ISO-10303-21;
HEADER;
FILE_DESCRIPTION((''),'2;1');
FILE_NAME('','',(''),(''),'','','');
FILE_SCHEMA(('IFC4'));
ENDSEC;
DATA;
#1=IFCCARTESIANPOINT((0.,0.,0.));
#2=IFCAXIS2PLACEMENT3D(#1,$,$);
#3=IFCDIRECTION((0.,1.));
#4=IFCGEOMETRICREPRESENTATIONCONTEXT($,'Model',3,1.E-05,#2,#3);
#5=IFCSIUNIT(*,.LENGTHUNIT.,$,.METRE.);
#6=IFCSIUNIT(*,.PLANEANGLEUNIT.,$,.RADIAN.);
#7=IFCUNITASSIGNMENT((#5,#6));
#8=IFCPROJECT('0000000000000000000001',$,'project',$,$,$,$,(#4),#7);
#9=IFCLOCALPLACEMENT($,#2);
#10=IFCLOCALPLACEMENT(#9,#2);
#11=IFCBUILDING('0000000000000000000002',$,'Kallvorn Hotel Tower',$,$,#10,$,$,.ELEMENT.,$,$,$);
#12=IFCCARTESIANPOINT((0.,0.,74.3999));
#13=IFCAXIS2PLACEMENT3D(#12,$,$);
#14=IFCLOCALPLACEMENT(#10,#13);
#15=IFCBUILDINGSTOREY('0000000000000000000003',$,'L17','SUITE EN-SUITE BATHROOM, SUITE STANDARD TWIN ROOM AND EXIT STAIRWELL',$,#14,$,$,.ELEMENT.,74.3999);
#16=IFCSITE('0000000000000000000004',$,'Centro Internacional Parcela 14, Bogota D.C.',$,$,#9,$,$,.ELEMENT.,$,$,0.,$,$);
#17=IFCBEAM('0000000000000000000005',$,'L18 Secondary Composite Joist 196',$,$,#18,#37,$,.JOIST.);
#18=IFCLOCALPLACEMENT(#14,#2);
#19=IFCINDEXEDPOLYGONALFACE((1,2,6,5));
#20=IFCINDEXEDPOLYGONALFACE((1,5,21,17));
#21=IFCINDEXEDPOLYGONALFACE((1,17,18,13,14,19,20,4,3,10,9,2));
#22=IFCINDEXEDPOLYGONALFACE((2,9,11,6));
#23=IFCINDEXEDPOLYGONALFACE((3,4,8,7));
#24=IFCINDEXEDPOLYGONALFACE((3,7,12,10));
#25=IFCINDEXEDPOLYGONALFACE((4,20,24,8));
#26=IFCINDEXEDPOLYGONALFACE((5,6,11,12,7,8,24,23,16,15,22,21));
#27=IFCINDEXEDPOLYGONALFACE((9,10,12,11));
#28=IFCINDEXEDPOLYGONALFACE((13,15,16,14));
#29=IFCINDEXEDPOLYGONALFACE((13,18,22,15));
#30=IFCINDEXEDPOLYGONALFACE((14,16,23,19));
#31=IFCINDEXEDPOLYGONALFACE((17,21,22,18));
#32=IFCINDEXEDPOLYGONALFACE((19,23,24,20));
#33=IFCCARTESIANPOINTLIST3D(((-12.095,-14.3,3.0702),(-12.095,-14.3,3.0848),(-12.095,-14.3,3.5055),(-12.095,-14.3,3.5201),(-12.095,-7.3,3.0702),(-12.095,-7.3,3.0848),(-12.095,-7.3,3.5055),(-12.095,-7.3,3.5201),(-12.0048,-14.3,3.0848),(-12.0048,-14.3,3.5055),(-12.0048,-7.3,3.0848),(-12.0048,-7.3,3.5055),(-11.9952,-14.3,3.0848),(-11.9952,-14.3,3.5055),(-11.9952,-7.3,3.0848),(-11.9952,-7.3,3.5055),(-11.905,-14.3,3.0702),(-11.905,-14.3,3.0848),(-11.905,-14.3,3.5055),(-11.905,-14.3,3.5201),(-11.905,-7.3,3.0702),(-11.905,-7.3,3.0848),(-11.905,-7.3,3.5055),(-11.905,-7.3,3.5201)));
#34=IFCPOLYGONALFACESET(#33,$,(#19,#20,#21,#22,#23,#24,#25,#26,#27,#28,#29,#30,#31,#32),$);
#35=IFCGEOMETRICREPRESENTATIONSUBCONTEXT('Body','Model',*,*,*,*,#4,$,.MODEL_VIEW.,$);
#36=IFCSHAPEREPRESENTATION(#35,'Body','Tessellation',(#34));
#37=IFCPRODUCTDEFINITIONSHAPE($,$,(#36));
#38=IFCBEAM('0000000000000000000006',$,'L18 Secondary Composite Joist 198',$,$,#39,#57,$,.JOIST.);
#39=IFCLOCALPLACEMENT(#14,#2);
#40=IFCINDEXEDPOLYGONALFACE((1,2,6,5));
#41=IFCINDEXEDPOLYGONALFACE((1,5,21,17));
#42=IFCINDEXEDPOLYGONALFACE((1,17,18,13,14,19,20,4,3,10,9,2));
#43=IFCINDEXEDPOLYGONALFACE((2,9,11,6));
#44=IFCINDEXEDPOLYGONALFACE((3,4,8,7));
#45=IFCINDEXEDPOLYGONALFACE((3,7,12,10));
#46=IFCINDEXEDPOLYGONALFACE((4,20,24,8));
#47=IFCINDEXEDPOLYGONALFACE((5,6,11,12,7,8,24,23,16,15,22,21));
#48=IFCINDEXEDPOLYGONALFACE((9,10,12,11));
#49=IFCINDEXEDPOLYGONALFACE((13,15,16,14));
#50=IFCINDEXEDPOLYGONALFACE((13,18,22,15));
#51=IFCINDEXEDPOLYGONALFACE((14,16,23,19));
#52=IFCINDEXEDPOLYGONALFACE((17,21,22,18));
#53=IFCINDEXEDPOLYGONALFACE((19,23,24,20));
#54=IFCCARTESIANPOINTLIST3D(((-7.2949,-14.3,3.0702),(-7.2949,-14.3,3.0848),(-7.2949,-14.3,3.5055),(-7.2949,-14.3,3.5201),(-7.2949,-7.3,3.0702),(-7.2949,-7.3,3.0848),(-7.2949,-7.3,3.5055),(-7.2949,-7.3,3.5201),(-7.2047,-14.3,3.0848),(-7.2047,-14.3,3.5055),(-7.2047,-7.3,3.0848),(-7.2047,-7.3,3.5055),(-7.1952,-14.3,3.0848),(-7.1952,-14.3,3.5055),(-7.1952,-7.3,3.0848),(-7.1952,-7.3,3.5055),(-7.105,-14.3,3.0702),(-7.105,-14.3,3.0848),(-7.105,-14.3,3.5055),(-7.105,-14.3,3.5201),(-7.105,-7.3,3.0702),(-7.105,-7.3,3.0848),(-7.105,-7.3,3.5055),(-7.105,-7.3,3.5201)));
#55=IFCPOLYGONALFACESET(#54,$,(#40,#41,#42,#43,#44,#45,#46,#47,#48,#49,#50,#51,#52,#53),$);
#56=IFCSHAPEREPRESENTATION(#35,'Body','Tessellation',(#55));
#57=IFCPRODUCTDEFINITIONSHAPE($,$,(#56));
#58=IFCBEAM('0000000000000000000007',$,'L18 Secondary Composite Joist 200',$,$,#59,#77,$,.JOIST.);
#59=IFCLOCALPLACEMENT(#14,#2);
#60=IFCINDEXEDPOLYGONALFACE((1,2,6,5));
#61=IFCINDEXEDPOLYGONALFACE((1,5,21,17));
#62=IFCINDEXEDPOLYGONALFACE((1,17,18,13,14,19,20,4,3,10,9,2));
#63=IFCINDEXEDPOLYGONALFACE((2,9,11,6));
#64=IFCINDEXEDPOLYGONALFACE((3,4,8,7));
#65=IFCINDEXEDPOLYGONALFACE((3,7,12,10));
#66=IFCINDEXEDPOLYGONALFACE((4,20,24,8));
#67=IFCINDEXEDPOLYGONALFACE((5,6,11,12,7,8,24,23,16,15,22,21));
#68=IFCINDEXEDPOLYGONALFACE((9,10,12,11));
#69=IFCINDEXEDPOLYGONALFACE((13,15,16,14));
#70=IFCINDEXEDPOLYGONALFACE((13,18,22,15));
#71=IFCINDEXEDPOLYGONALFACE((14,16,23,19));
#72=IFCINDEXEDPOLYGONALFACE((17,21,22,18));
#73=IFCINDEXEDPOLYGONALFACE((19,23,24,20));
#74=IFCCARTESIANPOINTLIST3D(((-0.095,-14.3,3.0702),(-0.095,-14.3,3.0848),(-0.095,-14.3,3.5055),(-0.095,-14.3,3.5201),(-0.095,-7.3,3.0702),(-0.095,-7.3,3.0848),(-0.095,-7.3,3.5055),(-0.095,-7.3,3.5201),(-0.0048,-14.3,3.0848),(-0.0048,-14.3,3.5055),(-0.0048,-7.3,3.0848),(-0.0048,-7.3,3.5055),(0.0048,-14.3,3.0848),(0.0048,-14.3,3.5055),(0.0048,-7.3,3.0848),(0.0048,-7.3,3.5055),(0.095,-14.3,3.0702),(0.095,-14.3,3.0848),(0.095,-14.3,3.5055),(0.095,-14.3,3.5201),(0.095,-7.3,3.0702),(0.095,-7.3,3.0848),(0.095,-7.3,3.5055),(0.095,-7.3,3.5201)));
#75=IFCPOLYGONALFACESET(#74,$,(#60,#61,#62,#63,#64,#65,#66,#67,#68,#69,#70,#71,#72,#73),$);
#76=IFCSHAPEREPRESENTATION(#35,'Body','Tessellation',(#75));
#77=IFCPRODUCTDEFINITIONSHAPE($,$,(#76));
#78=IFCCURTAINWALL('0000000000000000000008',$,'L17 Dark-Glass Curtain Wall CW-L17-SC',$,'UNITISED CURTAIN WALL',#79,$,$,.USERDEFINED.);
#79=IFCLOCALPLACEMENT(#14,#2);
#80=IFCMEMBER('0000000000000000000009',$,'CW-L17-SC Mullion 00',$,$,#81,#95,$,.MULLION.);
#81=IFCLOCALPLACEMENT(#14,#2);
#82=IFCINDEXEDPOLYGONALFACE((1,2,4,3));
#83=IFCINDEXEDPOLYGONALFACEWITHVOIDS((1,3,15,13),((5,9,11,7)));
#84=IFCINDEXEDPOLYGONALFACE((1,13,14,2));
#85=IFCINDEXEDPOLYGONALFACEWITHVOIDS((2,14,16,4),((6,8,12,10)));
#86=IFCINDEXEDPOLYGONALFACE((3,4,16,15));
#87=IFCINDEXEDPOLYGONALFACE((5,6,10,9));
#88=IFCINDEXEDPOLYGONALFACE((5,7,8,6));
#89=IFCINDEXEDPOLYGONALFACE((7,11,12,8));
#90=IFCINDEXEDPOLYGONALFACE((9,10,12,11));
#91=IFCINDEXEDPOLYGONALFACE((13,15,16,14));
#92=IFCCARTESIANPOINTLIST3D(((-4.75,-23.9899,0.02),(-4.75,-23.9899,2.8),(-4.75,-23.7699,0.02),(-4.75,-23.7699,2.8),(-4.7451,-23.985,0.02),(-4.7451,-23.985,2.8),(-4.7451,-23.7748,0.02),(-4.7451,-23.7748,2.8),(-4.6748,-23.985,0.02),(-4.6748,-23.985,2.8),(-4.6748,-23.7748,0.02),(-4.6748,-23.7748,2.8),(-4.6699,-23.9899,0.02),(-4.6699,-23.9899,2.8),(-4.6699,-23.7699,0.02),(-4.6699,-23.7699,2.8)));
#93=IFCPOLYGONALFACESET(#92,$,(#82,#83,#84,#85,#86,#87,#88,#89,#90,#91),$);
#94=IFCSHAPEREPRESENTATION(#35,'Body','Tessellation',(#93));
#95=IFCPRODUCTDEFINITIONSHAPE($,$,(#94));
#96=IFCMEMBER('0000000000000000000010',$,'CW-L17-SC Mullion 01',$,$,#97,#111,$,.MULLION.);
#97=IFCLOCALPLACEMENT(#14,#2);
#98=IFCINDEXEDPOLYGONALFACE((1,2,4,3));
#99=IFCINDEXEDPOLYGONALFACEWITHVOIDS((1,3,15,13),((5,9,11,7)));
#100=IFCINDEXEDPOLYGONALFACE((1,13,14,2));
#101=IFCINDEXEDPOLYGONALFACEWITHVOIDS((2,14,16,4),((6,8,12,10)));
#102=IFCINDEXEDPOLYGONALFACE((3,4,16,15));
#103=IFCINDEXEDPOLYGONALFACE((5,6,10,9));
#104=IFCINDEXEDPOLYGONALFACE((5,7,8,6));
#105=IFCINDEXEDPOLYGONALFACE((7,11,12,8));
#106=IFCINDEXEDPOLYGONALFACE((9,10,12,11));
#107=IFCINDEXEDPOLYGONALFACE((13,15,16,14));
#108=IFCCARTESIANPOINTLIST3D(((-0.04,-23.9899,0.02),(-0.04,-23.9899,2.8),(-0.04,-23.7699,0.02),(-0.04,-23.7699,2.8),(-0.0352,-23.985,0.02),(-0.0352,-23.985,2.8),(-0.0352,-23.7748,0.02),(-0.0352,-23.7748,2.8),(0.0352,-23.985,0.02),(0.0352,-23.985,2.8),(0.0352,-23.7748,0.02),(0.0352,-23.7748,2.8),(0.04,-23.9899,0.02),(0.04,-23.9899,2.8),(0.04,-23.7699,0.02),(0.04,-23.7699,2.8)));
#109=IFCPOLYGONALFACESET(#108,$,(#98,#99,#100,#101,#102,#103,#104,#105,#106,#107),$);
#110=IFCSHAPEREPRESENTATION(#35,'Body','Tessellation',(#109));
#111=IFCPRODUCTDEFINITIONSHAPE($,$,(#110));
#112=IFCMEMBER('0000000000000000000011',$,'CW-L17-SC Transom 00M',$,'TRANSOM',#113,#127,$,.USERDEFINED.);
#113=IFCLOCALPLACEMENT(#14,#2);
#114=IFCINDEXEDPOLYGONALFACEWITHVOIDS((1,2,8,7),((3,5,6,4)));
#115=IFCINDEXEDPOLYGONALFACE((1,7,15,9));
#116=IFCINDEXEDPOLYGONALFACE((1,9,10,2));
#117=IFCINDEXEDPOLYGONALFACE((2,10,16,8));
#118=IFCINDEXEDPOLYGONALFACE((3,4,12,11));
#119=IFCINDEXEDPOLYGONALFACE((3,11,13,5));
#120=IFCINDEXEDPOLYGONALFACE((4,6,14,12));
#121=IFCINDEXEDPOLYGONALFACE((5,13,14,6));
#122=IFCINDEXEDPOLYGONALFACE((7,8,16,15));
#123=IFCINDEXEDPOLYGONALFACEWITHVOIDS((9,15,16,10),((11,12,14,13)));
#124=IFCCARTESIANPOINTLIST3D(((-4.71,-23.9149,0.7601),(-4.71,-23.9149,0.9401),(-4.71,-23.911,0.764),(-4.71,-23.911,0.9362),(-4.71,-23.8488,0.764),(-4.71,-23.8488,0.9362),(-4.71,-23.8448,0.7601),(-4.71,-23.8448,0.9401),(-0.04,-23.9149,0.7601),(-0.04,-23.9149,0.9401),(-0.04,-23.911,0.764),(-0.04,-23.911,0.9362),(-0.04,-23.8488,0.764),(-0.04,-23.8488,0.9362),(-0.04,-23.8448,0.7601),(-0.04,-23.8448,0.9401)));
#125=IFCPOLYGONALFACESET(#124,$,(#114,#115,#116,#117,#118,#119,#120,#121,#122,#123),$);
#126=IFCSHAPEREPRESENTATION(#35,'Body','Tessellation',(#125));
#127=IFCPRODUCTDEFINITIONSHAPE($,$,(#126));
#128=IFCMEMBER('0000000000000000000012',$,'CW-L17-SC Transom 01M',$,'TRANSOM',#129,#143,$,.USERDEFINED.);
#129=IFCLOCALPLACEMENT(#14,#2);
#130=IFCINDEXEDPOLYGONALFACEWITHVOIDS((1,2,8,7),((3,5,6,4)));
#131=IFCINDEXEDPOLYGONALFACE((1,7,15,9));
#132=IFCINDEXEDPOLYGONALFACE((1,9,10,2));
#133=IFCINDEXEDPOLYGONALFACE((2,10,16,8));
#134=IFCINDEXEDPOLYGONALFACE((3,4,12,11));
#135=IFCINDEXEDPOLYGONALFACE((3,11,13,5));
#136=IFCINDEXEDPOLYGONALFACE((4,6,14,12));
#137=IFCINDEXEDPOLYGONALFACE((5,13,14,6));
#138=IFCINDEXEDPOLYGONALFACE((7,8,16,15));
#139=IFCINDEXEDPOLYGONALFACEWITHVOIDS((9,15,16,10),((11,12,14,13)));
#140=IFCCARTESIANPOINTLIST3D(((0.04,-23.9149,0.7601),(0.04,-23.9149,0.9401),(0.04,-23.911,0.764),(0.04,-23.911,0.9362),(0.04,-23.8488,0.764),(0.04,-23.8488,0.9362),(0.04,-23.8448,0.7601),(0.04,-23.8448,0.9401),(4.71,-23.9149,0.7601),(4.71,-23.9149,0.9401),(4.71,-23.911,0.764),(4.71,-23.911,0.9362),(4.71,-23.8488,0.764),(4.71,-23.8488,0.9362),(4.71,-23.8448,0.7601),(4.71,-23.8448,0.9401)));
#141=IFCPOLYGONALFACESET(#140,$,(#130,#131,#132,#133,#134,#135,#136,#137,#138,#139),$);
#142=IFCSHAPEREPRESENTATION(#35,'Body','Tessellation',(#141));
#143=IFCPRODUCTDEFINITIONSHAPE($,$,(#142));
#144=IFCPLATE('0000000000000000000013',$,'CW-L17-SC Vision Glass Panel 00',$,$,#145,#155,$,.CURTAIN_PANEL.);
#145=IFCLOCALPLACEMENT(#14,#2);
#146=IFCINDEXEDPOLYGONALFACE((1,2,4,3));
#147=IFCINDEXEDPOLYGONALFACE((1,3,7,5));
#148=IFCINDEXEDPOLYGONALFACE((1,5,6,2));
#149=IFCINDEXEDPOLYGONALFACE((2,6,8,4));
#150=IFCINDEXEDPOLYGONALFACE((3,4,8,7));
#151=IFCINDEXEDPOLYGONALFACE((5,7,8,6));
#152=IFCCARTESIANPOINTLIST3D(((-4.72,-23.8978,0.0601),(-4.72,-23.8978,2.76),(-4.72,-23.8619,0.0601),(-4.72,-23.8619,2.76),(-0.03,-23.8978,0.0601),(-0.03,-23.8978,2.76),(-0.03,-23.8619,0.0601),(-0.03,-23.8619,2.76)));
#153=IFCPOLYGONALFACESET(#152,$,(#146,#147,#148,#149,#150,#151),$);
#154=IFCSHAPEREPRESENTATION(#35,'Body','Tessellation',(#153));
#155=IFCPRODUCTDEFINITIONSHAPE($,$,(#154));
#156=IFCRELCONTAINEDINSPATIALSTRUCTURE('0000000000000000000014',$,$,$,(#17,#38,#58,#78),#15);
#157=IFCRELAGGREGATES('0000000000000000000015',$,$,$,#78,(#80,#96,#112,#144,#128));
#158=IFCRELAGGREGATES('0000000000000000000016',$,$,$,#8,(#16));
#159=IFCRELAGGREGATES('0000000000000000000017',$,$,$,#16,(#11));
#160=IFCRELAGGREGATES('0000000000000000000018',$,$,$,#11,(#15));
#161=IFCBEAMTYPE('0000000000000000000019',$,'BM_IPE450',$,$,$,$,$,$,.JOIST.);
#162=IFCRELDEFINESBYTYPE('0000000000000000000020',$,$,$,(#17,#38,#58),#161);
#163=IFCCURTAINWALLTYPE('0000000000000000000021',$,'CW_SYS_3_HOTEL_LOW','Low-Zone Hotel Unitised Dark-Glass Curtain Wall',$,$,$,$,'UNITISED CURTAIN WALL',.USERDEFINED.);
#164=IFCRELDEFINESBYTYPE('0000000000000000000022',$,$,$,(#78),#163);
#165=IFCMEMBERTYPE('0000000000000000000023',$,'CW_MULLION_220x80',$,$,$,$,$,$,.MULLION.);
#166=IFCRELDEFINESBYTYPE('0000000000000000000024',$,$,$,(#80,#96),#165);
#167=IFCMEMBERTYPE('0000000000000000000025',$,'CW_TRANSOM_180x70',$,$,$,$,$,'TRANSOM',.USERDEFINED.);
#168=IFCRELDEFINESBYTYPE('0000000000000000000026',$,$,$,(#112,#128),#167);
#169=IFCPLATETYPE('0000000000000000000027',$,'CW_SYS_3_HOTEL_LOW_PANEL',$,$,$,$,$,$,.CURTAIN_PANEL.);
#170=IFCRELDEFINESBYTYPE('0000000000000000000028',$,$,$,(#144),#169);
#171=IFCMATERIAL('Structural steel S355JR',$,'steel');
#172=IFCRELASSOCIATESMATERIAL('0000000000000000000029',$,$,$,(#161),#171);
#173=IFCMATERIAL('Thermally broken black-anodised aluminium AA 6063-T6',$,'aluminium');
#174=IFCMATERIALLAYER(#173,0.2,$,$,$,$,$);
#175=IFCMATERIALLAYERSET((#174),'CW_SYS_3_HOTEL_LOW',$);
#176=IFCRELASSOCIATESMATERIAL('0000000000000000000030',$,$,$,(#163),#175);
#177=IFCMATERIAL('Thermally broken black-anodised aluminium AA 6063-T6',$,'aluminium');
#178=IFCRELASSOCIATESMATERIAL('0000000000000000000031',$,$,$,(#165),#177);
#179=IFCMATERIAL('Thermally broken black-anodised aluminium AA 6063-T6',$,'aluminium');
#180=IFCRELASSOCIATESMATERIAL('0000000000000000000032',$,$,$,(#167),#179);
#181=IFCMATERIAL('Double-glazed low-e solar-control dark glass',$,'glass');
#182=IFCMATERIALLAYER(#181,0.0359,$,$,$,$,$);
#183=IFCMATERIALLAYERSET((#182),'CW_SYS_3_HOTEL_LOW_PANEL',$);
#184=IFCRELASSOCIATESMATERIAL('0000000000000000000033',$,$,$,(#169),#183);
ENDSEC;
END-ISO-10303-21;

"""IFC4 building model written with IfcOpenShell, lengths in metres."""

from ifc_helpers import new_model, si_unit, direction, frame, origin, origin_2d, place, context, subcontext, project, spatial, rectangle, hollow_rectangle, i_section, extrude, material, layer, layer_set, material_profile, profile_set, type_object, element, aggregate, save


model = new_model("IFC4")

# Units and contexts
model_context = context("Model", 3, precision=1e-05, world=origin(), true_north=direction((0.0, 1.0)))
body_context = subcontext(model_context, "Body", "Model", "MODEL_VIEW")
ifc_project = project(units=[si_unit("LENGTHUNIT", "METRE"), si_unit("PLANEANGLEUNIT", "RADIAN")], contexts=[model_context])

# Site, building, storey
site_placement = place(None, origin())
site = spatial("IfcSite", under=ifc_project, at=site_placement, Name="Centro Internacional Parcela 14, Bogota D.C.", CompositionType="ELEMENT", RefElevation=0.0)
building_placement = place(site_placement, origin())
building = spatial("IfcBuilding", under=site, at=building_placement, Name="Kallvorn Hotel Tower", CompositionType="ELEMENT")
storey_placement = place(building_placement, frame((0.0, 0.0, 74.3999)))
storey = spatial("IfcBuildingStorey", under=building, at=storey_placement, Name="L17", Description="SUITE EN-SUITE BATHROOM, SUITE STANDARD TWIN ROOM AND EXIT STAIRWELL", CompositionType="ELEMENT", Elevation=74.3999)

# Beams
ifc_material_1 = material(Name="Structural steel S355JR", Category="steel")
ifc_material_profile_1 = material_profile(ifc_material_1, i_section(OverallWidth=0.1899, OverallDepth=0.45, WebThickness=0.0095, FlangeThickness=0.0146, at=origin_2d()), Name="IPE 450")
ifc_profile_set_1 = profile_set([ifc_material_profile_1], Name="Structural steel S355JR")
beam_type_1 = type_object("IfcBeamType", Name="BM_IPE450", PredefinedType="JOIST", material=ifc_profile_set_1)
for number, where, z_axis, x_axis, name in (
    (1, (-12.0, -14.3, 3.2952), (0.0, 1.0, 0.0), (-1.0, 0.0, 0.0), "L18 Secondary Composite Joist 196"),
    (2, (-7.2, -14.3, 3.2952), (0.0, 1.0, 0.0), (-1.0, 0.0, 0.0), "L18 Secondary Composite Joist 198"),
    (3, (0.0, -14.3, 3.2952), (0.0, 1.0, 0.0), (-1.0, 0.0, 0.0), "L18 Secondary Composite Joist 200"),
):
    element("IfcBeam", number, at=place(storey_placement, frame(where, z_axis=z_axis, x_axis=x_axis)), inside=storey, type_object=beam_type_1, Name=name, PredefinedType="JOIST", context=body_context, shape_type="SweptSolid", body=[
        extrude(i_section(OverallWidth=0.1899, OverallDepth=0.45, WebThickness=0.0095, FlangeThickness=0.0146, at=origin_2d()), origin(), (0.0, 0.0, 1.0), 7.0),
    ])

# Curtain wall, members, plate
ifc_material_2 = material(Name="Thermally broken black-anodised aluminium AA 6063-T6", Category="aluminium")
ifc_layer_1 = layer(ifc_material_2, 0.2)
ifc_layer_set_1 = layer_set([ifc_layer_1], Name="CW_SYS_3_HOTEL_LOW")
curtain_wall_type = type_object("IfcCurtainWallType", Name="CW_SYS_3_HOTEL_LOW", Description="Low-Zone Hotel Unitised Dark-Glass Curtain Wall", ElementType="UNITISED CURTAIN WALL", PredefinedType="USERDEFINED", material=ifc_layer_set_1)
curtain_wall_placement = place(storey_placement, origin())
curtain_wall = element("IfcCurtainWall", 4, at=curtain_wall_placement, inside=storey, type_object=curtain_wall_type, Name="L17 Dark-Glass Curtain Wall CW-L17-SC", ObjectType="UNITISED CURTAIN WALL", PredefinedType="USERDEFINED")
ifc_material_3 = material(Name="Thermally broken black-anodised aluminium AA 6063-T6", Category="aluminium")
ifc_material_profile_2 = material_profile(ifc_material_3, hollow_rectangle(XDim=0.0801, YDim=0.22, WallThickness=0.0049, at=origin_2d()), Name="MUL 220x80")
ifc_profile_set_2 = profile_set([ifc_material_profile_2], Name="Thermally broken black-anodised aluminium AA 6063-T6")
member_type_1 = type_object("IfcMemberType", Name="CW_MULLION_220x80", PredefinedType="MULLION", material=ifc_profile_set_2)
member_1_placement = place(storey_placement, frame((-4.71, -23.8799, 0.02), z_axis=(0.0, 0.0, 1.0), x_axis=(1.0, 0.0, 0.0)))
member_1 = element("IfcMember", 5, at=member_1_placement, type_object=member_type_1, Name="CW-L17-SC Mullion 00", PredefinedType="MULLION", context=body_context, shape_type="SweptSolid", body=[
    extrude(hollow_rectangle(XDim=0.0801, YDim=0.22, WallThickness=0.0049, at=origin_2d()), origin(), (0.0, 0.0, 1.0), 2.78),
])
member_2_placement = place(storey_placement, frame((0.0, -23.8799, 0.02), z_axis=(0.0, 0.0, 1.0), x_axis=(1.0, 0.0, 0.0)))
member_2 = element("IfcMember", 6, at=member_2_placement, type_object=member_type_1, Name="CW-L17-SC Mullion 01", PredefinedType="MULLION", context=body_context, shape_type="SweptSolid", body=[
    extrude(hollow_rectangle(XDim=0.0801, YDim=0.22, WallThickness=0.0049, at=origin_2d()), origin(), (0.0, 0.0, 1.0), 2.78),
])
ifc_material_4 = material(Name="Thermally broken black-anodised aluminium AA 6063-T6", Category="aluminium")
ifc_material_profile_3 = material_profile(ifc_material_4, hollow_rectangle(XDim=0.0701, YDim=0.1799, WallThickness=0.0039, at=origin_2d()), Name="TRN 180x70")
ifc_profile_set_3 = profile_set([ifc_material_profile_3], Name="Thermally broken black-anodised aluminium AA 6063-T6")
member_type_2 = type_object("IfcMemberType", Name="CW_TRANSOM_180x70", ElementType="TRANSOM", PredefinedType="USERDEFINED", material=ifc_profile_set_3)
member_3_placement = place(storey_placement, frame((-4.71, -23.8799, 0.8501), z_axis=(1.0, 0.0, 0.0), x_axis=(0.0, 1.0, 0.0)))
member_3 = element("IfcMember", 7, at=member_3_placement, type_object=member_type_2, Name="CW-L17-SC Transom 00M", ObjectType="TRANSOM", PredefinedType="USERDEFINED", context=body_context, shape_type="SweptSolid", body=[
    extrude(hollow_rectangle(XDim=0.0701, YDim=0.1799, WallThickness=0.0039, at=origin_2d()), origin(), (0.0, 0.0, 1.0), 4.6699),
])
member_4_placement = place(storey_placement, frame((0.04, -23.8799, 0.8501), z_axis=(1.0, 0.0, 0.0), x_axis=(0.0, 1.0, 0.0)))
member_4 = element("IfcMember", 8, at=member_4_placement, type_object=member_type_2, Name="CW-L17-SC Transom 01M", ObjectType="TRANSOM", PredefinedType="USERDEFINED", context=body_context, shape_type="SweptSolid", body=[
    extrude(hollow_rectangle(XDim=0.0701, YDim=0.1799, WallThickness=0.0039, at=origin_2d()), origin(), (0.0, 0.0, 1.0), 4.6699),
])
ifc_material_5 = material(Name="Double-glazed low-e solar-control dark glass", Category="glass")
ifc_layer_2 = layer(ifc_material_5, 0.0359)
ifc_layer_set_2 = layer_set([ifc_layer_2], Name="CW_SYS_3_HOTEL_LOW_PANEL")
plate_type = type_object("IfcPlateType", Name="CW_SYS_3_HOTEL_LOW_PANEL", PredefinedType="CURTAIN_PANEL", material=ifc_layer_set_2)
plate_placement = place(storey_placement, frame((-2.375, -23.8799, 0.0601), z_axis=(0.0, 0.0, 1.0), x_axis=(1.0, 0.0, 0.0)))
plate = element("IfcPlate", 9, at=plate_placement, type_object=plate_type, Name="CW-L17-SC Vision Glass Panel 00", PredefinedType="CURTAIN_PANEL", context=body_context, shape_type="SweptSolid", body=[
    extrude(rectangle(XDim=4.6899, YDim=0.0359, at=origin_2d()), origin(), (0.0, 0.0, 1.0), 2.7),
])
aggregate(curtain_wall, [member_1, member_2, member_3, plate, member_4])

save(model, "model.ifc")
